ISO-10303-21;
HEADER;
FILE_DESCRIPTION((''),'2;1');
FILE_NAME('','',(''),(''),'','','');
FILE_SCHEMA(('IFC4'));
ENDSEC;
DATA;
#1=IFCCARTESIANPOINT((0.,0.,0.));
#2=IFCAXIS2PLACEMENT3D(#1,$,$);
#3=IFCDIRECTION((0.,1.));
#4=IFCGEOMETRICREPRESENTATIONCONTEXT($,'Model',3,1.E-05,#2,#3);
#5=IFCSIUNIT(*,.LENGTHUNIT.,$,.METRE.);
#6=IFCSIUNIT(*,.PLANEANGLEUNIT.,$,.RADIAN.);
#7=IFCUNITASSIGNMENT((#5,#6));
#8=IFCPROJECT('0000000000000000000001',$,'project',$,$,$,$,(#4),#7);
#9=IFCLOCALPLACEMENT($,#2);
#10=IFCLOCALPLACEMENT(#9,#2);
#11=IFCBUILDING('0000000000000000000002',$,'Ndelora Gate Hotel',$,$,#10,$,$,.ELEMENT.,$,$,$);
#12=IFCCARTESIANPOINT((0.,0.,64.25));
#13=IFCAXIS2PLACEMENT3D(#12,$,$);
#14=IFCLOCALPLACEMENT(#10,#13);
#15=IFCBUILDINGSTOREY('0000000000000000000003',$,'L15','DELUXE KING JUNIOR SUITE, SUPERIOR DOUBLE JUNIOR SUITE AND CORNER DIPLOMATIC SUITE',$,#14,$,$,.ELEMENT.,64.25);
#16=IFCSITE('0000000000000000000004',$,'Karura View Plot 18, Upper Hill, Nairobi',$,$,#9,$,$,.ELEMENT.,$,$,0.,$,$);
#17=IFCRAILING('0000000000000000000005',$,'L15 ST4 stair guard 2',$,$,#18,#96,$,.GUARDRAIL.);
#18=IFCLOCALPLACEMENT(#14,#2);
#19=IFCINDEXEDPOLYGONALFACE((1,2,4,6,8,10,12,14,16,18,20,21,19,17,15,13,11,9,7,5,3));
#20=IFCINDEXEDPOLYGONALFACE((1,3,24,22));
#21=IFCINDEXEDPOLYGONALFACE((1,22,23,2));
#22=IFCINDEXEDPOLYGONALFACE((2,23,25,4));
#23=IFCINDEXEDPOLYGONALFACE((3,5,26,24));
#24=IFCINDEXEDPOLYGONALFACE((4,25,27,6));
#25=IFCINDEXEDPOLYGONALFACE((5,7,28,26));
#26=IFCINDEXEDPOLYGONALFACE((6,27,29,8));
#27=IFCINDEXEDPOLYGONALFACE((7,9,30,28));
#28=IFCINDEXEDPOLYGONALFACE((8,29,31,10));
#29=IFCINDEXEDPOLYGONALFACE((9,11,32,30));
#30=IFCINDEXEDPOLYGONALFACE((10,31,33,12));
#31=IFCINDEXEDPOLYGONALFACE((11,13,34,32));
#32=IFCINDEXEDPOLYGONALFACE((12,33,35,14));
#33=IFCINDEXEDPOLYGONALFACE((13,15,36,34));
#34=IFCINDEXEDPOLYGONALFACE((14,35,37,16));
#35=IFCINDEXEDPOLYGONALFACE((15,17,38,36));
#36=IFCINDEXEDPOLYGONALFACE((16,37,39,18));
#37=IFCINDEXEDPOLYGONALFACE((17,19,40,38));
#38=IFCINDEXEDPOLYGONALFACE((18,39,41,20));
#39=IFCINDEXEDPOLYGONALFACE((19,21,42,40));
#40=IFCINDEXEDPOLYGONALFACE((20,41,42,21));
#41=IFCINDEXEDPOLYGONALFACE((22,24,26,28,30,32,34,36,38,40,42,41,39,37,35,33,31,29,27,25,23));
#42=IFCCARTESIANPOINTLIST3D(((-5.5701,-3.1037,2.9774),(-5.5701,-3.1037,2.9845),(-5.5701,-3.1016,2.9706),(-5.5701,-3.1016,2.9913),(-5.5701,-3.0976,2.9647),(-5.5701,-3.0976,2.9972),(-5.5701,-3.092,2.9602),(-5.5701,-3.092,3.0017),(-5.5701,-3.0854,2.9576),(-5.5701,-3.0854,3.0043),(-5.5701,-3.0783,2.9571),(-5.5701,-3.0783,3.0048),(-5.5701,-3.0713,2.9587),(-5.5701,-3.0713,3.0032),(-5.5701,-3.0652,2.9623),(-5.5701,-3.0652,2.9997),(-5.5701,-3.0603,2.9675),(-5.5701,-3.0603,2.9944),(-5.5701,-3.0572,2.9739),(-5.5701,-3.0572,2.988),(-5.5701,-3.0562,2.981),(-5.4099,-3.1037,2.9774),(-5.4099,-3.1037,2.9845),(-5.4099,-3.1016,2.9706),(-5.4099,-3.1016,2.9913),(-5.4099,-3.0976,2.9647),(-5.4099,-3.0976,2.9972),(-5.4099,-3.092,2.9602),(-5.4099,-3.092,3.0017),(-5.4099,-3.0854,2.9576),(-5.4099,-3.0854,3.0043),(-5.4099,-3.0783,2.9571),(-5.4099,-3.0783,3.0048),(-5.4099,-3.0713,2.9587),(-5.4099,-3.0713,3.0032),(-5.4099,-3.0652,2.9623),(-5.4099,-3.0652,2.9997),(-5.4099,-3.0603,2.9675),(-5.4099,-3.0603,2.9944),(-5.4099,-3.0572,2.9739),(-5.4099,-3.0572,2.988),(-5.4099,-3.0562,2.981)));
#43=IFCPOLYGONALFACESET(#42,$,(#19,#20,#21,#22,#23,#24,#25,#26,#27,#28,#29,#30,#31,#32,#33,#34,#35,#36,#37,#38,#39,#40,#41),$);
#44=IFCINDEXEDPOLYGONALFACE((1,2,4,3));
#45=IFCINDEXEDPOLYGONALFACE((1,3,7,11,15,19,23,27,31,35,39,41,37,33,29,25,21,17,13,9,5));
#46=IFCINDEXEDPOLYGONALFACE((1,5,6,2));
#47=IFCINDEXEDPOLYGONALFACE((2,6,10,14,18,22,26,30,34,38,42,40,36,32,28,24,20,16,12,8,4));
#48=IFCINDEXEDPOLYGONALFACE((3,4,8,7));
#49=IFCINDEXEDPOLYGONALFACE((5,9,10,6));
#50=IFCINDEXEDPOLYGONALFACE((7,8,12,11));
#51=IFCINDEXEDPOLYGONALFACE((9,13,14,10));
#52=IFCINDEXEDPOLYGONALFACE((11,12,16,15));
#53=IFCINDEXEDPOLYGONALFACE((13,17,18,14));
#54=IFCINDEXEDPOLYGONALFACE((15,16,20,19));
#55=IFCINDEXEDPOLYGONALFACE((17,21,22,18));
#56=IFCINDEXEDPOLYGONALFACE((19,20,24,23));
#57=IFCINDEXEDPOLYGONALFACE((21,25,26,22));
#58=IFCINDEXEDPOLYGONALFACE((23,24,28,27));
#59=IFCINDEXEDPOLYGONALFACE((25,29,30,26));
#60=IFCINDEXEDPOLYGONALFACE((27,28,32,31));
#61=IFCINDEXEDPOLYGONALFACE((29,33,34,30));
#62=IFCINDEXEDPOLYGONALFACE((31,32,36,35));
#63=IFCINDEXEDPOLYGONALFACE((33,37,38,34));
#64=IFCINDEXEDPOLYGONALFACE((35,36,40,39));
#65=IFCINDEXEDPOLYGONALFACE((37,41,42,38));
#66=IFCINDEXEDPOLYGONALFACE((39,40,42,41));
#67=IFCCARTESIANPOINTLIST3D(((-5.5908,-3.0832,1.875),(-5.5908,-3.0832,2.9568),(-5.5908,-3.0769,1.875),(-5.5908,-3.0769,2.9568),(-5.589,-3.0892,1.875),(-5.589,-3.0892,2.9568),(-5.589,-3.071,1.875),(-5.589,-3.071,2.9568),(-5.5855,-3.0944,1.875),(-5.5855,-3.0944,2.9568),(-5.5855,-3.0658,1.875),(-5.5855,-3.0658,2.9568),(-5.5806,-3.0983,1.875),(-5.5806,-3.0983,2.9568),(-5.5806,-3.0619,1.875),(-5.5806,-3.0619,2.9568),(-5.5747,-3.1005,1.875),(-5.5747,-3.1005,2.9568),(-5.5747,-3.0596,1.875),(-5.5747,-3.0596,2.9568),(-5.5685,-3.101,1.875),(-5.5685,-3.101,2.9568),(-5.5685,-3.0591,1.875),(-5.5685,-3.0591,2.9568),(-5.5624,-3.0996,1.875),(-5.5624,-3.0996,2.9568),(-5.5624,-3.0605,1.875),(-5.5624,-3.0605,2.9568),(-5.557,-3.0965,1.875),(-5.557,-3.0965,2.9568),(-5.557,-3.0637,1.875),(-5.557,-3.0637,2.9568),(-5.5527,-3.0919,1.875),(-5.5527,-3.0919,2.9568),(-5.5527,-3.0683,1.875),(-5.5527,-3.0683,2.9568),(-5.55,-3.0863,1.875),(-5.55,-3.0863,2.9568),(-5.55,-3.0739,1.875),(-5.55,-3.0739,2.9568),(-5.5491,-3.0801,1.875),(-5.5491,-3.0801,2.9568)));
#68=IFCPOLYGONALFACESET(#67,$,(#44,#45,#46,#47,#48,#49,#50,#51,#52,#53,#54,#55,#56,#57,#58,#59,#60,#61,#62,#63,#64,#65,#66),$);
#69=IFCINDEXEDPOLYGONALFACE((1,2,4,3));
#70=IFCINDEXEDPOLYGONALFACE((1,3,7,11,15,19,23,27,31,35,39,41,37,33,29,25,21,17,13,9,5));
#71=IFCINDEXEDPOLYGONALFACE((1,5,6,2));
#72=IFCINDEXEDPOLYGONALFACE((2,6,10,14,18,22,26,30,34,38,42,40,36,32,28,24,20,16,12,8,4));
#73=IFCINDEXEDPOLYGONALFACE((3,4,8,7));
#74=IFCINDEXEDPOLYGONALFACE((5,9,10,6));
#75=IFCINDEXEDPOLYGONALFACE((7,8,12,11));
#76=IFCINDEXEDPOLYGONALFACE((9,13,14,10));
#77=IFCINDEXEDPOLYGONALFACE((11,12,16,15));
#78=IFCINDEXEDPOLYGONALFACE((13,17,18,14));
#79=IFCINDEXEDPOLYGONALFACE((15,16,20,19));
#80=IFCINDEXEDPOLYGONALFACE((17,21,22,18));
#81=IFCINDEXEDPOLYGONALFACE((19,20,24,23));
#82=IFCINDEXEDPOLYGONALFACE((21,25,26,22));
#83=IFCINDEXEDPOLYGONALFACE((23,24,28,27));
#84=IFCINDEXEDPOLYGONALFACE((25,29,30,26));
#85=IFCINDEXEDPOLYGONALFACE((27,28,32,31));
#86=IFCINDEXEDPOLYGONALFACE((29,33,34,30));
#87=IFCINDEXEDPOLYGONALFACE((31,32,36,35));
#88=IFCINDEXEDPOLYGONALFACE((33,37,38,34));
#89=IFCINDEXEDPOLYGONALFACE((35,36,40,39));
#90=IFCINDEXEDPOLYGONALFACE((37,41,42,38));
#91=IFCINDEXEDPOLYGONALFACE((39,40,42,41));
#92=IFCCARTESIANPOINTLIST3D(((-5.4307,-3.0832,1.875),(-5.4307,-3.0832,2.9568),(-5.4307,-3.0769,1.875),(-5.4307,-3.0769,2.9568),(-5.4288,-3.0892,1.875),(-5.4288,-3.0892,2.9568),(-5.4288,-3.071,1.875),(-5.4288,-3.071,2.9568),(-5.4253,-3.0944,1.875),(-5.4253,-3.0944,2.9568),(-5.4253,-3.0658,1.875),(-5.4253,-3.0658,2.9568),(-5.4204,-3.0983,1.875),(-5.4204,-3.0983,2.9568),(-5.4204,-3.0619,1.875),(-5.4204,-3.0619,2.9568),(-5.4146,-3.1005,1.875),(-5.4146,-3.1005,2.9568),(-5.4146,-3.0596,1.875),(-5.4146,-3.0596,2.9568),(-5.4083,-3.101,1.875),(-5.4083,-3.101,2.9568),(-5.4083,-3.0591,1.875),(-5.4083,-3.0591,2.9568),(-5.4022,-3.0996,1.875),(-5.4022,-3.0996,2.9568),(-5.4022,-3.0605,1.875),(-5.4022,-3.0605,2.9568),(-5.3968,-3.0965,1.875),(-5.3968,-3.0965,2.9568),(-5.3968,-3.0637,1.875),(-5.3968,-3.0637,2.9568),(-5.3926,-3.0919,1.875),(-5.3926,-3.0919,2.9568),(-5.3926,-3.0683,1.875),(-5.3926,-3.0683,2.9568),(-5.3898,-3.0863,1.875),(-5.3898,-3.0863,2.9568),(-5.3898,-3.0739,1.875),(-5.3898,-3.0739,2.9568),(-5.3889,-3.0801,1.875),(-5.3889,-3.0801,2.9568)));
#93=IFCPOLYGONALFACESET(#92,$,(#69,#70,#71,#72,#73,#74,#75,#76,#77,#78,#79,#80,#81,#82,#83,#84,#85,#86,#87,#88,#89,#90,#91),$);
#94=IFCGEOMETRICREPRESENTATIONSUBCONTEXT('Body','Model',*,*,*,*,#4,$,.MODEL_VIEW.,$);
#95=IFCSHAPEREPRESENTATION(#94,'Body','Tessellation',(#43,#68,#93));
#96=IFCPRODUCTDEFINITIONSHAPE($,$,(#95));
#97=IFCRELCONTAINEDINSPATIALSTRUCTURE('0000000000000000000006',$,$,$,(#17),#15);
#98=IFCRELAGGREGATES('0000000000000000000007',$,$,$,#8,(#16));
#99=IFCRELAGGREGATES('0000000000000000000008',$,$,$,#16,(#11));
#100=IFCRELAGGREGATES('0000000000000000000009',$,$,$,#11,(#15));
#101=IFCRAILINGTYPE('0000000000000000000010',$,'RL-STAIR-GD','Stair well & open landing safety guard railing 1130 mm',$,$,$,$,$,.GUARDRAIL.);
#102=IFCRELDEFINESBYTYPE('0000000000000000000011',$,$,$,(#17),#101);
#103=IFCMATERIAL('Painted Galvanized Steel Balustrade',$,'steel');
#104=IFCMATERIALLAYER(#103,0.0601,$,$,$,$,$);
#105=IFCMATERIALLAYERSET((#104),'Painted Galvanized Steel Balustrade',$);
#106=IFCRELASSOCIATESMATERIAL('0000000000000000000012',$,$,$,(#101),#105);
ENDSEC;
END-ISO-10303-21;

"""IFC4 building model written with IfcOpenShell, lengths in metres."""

from ifc_helpers import new_model, si_unit, direction, frame, origin, origin_2d, place, context, subcontext, project, spatial, circle, extrude, material, layer, layer_set, type_object, element, save


model = new_model("IFC4")

# Units and contexts
model_context = context("Model", 3, precision=1e-05, world=origin(), true_north=direction((0.0, 1.0)))
body_context = subcontext(model_context, "Body", "Model", "MODEL_VIEW")
ifc_project = project(units=[si_unit("LENGTHUNIT", "METRE"), si_unit("PLANEANGLEUNIT", "RADIAN")], contexts=[model_context])

# Site, building, storey
site_placement = place(None, origin())
site = spatial("IfcSite", under=ifc_project, at=site_placement, Name="Karura View Plot 18, Upper Hill, Nairobi", CompositionType="ELEMENT", RefElevation=0.0)
building_placement = place(site_placement, origin())
building = spatial("IfcBuilding", under=site, at=building_placement, Name="Ndelora Gate Hotel", CompositionType="ELEMENT")
storey_placement = place(building_placement, frame((0.0, 0.0, 64.25)))
storey = spatial("IfcBuildingStorey", under=building, at=storey_placement, Name="L15", Description="DELUXE KING JUNIOR SUITE, SUPERIOR DOUBLE JUNIOR SUITE AND CORNER DIPLOMATIC SUITE", CompositionType="ELEMENT", Elevation=64.25)

# Railing
ifc_material_1 = material(Name="Painted Galvanized Steel Balustrade", Category="steel")
ifc_layer_1 = layer(ifc_material_1, 0.0601)
ifc_layer_set_1 = layer_set([ifc_layer_1], Name="Painted Galvanized Steel Balustrade")
railing_type_1 = type_object("IfcRailingType", Name="RL-STAIR-GD", Description="Stair well & open landing safety guard railing 1130 mm", PredefinedType="GUARDRAIL", material=ifc_layer_set_1)
railing_1_placement = place(storey_placement, frame((-5.5701, -3.0801, 1.875)))
element("IfcRailing", 1, at=railing_1_placement, inside=storey, type_object=railing_type_1, Name="L15 ST4 stair guard 2", PredefinedType="GUARDRAIL", context=body_context, shape_type="SweptSolid", body=[
    extrude(circle(Radius=0.0239, at=origin_2d()), frame((0.0, 0.0, 1.106), z_axis=(1.0, 0.0, 0.0), x_axis=(0.0, 1.0, 0.0)), (0.0, 0.0, 1.0), 0.1602),
    extrude(circle(Radius=0.021, at=origin_2d()), origin(), (0.0, 0.0, 1.0), 1.0818),
    extrude(circle(Radius=0.021, at=origin_2d()), frame((0.1602, 0.0, 0.0)), (0.0, 0.0, 1.0), 1.0818),
])

save(model, "model.ifc")
